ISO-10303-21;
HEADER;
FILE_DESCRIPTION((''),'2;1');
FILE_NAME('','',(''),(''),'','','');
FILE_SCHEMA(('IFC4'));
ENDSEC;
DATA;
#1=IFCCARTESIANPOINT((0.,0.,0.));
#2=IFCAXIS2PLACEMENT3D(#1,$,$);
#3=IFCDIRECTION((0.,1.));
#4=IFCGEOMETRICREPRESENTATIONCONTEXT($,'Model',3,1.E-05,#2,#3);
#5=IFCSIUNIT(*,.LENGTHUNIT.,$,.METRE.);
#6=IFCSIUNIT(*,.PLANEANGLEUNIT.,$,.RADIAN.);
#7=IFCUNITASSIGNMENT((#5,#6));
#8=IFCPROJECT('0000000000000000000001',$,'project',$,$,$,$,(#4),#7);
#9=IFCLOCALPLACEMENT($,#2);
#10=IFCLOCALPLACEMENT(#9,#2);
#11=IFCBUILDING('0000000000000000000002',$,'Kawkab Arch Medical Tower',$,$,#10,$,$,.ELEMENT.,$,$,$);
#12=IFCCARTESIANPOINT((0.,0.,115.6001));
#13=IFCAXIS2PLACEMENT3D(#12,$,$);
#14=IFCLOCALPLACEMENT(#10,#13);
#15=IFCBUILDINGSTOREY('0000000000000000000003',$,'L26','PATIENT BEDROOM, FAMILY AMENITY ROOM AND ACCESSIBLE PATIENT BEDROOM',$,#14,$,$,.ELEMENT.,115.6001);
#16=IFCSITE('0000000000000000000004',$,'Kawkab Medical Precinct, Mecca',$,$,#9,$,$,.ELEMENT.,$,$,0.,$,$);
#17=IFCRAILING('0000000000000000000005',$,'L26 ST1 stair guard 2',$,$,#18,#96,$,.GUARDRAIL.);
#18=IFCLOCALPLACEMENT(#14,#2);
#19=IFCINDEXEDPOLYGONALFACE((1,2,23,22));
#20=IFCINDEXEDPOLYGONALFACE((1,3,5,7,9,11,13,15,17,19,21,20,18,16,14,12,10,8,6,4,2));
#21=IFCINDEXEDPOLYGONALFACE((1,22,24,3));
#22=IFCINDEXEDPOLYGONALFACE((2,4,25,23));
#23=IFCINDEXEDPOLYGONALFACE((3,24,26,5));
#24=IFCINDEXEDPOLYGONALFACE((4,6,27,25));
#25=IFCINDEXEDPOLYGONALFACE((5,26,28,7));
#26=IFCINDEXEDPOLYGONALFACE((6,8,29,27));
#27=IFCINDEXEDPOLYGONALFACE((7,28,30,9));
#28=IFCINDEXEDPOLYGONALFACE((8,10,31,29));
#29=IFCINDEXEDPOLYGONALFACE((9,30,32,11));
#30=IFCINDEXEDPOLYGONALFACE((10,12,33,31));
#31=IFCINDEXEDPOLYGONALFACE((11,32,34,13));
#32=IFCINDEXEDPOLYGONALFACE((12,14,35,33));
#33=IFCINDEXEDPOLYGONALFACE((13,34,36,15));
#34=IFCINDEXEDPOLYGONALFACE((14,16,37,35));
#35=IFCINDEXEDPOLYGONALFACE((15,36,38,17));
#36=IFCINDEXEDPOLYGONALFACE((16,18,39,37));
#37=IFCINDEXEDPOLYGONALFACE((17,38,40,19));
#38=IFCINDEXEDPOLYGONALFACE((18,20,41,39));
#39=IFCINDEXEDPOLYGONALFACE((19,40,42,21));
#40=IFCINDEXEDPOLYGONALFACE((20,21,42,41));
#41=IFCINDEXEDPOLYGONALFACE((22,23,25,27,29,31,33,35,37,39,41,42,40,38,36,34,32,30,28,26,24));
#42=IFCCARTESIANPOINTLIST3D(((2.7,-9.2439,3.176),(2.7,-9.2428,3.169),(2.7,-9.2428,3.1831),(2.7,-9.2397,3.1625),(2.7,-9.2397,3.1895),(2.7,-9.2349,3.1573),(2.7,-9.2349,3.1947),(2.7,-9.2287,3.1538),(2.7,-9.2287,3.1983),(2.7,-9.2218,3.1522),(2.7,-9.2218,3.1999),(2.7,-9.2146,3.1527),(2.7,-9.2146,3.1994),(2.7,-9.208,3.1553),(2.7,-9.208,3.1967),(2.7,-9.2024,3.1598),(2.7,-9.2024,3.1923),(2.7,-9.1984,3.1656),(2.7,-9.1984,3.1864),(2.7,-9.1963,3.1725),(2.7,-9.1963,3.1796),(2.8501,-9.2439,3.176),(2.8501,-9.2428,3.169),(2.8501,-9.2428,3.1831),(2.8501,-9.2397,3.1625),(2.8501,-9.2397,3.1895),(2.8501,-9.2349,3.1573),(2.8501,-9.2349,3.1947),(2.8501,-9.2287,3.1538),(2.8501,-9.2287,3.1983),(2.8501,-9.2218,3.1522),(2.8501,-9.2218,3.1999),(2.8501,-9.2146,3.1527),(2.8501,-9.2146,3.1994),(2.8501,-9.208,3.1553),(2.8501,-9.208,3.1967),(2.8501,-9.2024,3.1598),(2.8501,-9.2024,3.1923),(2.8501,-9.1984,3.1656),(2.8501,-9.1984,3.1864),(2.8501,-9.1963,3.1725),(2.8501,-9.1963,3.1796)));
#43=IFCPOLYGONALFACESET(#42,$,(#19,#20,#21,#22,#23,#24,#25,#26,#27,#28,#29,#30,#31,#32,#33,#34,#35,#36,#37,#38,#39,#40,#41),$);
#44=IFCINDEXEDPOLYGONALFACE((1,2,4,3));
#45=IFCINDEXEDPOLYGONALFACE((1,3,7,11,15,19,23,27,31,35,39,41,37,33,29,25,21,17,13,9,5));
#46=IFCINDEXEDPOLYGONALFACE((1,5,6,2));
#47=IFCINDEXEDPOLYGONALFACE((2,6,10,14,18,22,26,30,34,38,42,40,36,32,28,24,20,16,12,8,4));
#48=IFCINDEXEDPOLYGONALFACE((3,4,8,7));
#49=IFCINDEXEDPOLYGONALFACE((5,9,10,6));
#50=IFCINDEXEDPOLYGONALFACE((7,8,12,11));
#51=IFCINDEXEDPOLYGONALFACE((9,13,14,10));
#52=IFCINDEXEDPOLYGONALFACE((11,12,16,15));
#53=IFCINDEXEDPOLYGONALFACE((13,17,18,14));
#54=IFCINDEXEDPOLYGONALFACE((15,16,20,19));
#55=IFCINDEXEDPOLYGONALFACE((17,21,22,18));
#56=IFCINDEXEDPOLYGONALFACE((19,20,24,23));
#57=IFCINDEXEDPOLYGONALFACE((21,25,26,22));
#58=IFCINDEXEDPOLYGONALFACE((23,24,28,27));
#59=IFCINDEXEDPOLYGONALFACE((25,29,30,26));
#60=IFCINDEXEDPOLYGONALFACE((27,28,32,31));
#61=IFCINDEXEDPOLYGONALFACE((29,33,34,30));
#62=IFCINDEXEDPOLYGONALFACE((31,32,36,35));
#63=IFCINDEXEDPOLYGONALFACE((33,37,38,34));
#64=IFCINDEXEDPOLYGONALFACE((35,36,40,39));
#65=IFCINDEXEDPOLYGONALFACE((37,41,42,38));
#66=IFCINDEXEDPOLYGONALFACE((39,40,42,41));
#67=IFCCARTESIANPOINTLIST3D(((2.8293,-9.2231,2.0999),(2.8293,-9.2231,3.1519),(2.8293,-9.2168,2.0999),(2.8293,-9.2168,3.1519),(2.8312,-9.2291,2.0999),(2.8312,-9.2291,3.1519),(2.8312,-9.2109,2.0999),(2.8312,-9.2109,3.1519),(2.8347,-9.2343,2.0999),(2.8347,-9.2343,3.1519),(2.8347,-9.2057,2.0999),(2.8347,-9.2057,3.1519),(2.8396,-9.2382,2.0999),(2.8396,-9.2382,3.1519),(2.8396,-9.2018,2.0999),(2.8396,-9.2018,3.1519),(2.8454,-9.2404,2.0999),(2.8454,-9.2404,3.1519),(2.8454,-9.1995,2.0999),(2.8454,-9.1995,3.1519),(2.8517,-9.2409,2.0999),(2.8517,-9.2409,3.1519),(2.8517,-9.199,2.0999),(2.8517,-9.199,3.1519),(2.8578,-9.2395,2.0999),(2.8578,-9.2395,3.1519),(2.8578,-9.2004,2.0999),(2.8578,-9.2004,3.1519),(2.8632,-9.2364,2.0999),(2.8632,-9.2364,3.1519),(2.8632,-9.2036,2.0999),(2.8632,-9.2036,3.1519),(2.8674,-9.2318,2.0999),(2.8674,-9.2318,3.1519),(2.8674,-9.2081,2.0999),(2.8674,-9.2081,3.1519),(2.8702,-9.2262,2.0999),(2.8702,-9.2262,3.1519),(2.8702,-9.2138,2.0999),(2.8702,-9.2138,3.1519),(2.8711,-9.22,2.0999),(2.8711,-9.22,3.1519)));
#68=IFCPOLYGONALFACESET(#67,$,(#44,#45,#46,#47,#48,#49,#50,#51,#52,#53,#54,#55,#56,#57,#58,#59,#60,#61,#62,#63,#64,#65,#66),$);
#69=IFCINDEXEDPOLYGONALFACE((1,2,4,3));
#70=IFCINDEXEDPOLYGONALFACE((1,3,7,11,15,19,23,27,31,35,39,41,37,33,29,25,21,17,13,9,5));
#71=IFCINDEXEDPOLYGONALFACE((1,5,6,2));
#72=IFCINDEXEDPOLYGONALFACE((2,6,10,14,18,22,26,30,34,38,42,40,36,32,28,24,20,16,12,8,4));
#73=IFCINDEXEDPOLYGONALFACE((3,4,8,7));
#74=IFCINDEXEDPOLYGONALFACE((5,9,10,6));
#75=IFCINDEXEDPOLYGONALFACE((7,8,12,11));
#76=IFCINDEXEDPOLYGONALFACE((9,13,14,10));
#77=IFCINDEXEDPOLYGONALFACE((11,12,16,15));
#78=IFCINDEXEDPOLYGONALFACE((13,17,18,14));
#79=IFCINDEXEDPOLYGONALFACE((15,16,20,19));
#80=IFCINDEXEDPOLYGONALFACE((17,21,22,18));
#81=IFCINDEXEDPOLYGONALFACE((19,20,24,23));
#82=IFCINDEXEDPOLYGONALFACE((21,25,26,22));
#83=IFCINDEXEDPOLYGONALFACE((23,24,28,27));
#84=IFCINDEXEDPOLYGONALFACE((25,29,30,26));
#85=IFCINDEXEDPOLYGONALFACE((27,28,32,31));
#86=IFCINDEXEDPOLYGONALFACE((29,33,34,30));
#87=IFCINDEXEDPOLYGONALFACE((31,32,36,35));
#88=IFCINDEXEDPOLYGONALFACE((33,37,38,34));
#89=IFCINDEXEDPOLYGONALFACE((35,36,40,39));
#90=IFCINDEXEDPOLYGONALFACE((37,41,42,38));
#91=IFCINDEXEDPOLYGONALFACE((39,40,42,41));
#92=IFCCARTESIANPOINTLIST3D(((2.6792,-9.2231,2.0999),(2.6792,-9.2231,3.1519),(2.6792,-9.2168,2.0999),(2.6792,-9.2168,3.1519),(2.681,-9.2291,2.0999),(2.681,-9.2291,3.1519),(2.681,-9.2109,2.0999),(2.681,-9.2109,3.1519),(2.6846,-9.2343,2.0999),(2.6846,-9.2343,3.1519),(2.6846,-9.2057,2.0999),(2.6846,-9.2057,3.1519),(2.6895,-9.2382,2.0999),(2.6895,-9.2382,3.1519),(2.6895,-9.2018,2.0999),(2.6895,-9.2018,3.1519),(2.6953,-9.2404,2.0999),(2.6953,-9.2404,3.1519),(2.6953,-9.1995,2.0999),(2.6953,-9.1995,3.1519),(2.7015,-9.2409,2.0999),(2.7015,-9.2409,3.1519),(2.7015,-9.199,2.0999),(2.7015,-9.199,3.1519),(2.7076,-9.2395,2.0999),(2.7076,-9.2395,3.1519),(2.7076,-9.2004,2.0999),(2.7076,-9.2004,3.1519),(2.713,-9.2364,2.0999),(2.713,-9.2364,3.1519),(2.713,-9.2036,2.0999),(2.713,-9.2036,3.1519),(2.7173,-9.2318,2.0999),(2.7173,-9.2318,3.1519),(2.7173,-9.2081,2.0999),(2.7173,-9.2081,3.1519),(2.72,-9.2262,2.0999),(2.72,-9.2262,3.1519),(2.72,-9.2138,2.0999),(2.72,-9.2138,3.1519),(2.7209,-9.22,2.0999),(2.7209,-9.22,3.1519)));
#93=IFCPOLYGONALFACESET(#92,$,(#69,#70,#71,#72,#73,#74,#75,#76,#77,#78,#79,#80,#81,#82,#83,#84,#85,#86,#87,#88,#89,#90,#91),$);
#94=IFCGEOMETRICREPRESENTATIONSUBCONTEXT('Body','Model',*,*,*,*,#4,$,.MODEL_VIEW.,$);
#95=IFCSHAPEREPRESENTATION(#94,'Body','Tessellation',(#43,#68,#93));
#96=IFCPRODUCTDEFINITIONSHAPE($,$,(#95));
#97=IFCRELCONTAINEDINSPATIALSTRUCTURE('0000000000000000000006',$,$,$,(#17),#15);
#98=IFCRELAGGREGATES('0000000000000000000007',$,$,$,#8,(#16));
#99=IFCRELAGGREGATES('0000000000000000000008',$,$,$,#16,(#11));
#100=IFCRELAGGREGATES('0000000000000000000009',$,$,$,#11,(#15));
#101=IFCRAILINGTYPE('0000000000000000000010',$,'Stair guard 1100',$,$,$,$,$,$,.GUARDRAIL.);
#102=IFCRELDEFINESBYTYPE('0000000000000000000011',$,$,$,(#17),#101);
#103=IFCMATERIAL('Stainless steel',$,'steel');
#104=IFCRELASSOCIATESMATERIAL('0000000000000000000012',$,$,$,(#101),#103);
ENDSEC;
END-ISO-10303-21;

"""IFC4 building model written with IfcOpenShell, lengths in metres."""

from ifc_helpers import new_model, si_unit, direction, frame, origin, origin_2d, place, context, subcontext, project, spatial, circle, extrude, material, type_object, element, save


model = new_model("IFC4")

# Units and contexts
model_context = context("Model", 3, precision=1e-05, world=origin(), true_north=direction((0.0, 1.0)))
body_context = subcontext(model_context, "Body", "Model", "MODEL_VIEW")
ifc_project = project(units=[si_unit("LENGTHUNIT", "METRE"), si_unit("PLANEANGLEUNIT", "RADIAN")], contexts=[model_context])

# Site, building, storey
site_placement = place(None, origin())
site = spatial("IfcSite", under=ifc_project, at=site_placement, Name="Kawkab Medical Precinct, Mecca", CompositionType="ELEMENT", RefElevation=0.0)
building_placement = place(site_placement, origin())
building = spatial("IfcBuilding", under=site, at=building_placement, Name="Kawkab Arch Medical Tower", CompositionType="ELEMENT")
storey_placement = place(building_placement, frame((0.0, 0.0, 115.6001)))
storey = spatial("IfcBuildingStorey", under=building, at=storey_placement, Name="L26", Description="PATIENT BEDROOM, FAMILY AMENITY ROOM AND ACCESSIBLE PATIENT BEDROOM", CompositionType="ELEMENT", Elevation=115.6001)

# Railing
ifc_material_1 = material(Name="Stainless steel", Category="steel")
railing_type_1 = type_object("IfcRailingType", Name="Stair guard 1100", PredefinedType="GUARDRAIL", material=ifc_material_1)
railing_1_placement = place(storey_placement, frame((2.8501, -9.22, 2.0999)))
element("IfcRailing", 1, at=railing_1_placement, inside=storey, type_object=railing_type_1, Name="L26 ST1 stair guard 2", PredefinedType="GUARDRAIL", context=body_context, shape_type="SweptSolid", body=[
    extrude(circle(Radius=0.0239, at=origin_2d()), frame((0.0, 0.0, 1.0762), z_axis=(-1.0, 0.0, 0.0), x_axis=(0.0, -1.0, 0.0)), (0.0, 0.0, 1.0), 0.1501),
    extrude(circle(Radius=0.021, at=origin_2d()), origin(), (0.0, 0.0, 1.0), 1.052),
    extrude(circle(Radius=0.021, at=origin_2d()), frame((-0.1501, 0.0, 0.0)), (0.0, 0.0, 1.0), 1.052),
])

save(model, "model.ifc")
